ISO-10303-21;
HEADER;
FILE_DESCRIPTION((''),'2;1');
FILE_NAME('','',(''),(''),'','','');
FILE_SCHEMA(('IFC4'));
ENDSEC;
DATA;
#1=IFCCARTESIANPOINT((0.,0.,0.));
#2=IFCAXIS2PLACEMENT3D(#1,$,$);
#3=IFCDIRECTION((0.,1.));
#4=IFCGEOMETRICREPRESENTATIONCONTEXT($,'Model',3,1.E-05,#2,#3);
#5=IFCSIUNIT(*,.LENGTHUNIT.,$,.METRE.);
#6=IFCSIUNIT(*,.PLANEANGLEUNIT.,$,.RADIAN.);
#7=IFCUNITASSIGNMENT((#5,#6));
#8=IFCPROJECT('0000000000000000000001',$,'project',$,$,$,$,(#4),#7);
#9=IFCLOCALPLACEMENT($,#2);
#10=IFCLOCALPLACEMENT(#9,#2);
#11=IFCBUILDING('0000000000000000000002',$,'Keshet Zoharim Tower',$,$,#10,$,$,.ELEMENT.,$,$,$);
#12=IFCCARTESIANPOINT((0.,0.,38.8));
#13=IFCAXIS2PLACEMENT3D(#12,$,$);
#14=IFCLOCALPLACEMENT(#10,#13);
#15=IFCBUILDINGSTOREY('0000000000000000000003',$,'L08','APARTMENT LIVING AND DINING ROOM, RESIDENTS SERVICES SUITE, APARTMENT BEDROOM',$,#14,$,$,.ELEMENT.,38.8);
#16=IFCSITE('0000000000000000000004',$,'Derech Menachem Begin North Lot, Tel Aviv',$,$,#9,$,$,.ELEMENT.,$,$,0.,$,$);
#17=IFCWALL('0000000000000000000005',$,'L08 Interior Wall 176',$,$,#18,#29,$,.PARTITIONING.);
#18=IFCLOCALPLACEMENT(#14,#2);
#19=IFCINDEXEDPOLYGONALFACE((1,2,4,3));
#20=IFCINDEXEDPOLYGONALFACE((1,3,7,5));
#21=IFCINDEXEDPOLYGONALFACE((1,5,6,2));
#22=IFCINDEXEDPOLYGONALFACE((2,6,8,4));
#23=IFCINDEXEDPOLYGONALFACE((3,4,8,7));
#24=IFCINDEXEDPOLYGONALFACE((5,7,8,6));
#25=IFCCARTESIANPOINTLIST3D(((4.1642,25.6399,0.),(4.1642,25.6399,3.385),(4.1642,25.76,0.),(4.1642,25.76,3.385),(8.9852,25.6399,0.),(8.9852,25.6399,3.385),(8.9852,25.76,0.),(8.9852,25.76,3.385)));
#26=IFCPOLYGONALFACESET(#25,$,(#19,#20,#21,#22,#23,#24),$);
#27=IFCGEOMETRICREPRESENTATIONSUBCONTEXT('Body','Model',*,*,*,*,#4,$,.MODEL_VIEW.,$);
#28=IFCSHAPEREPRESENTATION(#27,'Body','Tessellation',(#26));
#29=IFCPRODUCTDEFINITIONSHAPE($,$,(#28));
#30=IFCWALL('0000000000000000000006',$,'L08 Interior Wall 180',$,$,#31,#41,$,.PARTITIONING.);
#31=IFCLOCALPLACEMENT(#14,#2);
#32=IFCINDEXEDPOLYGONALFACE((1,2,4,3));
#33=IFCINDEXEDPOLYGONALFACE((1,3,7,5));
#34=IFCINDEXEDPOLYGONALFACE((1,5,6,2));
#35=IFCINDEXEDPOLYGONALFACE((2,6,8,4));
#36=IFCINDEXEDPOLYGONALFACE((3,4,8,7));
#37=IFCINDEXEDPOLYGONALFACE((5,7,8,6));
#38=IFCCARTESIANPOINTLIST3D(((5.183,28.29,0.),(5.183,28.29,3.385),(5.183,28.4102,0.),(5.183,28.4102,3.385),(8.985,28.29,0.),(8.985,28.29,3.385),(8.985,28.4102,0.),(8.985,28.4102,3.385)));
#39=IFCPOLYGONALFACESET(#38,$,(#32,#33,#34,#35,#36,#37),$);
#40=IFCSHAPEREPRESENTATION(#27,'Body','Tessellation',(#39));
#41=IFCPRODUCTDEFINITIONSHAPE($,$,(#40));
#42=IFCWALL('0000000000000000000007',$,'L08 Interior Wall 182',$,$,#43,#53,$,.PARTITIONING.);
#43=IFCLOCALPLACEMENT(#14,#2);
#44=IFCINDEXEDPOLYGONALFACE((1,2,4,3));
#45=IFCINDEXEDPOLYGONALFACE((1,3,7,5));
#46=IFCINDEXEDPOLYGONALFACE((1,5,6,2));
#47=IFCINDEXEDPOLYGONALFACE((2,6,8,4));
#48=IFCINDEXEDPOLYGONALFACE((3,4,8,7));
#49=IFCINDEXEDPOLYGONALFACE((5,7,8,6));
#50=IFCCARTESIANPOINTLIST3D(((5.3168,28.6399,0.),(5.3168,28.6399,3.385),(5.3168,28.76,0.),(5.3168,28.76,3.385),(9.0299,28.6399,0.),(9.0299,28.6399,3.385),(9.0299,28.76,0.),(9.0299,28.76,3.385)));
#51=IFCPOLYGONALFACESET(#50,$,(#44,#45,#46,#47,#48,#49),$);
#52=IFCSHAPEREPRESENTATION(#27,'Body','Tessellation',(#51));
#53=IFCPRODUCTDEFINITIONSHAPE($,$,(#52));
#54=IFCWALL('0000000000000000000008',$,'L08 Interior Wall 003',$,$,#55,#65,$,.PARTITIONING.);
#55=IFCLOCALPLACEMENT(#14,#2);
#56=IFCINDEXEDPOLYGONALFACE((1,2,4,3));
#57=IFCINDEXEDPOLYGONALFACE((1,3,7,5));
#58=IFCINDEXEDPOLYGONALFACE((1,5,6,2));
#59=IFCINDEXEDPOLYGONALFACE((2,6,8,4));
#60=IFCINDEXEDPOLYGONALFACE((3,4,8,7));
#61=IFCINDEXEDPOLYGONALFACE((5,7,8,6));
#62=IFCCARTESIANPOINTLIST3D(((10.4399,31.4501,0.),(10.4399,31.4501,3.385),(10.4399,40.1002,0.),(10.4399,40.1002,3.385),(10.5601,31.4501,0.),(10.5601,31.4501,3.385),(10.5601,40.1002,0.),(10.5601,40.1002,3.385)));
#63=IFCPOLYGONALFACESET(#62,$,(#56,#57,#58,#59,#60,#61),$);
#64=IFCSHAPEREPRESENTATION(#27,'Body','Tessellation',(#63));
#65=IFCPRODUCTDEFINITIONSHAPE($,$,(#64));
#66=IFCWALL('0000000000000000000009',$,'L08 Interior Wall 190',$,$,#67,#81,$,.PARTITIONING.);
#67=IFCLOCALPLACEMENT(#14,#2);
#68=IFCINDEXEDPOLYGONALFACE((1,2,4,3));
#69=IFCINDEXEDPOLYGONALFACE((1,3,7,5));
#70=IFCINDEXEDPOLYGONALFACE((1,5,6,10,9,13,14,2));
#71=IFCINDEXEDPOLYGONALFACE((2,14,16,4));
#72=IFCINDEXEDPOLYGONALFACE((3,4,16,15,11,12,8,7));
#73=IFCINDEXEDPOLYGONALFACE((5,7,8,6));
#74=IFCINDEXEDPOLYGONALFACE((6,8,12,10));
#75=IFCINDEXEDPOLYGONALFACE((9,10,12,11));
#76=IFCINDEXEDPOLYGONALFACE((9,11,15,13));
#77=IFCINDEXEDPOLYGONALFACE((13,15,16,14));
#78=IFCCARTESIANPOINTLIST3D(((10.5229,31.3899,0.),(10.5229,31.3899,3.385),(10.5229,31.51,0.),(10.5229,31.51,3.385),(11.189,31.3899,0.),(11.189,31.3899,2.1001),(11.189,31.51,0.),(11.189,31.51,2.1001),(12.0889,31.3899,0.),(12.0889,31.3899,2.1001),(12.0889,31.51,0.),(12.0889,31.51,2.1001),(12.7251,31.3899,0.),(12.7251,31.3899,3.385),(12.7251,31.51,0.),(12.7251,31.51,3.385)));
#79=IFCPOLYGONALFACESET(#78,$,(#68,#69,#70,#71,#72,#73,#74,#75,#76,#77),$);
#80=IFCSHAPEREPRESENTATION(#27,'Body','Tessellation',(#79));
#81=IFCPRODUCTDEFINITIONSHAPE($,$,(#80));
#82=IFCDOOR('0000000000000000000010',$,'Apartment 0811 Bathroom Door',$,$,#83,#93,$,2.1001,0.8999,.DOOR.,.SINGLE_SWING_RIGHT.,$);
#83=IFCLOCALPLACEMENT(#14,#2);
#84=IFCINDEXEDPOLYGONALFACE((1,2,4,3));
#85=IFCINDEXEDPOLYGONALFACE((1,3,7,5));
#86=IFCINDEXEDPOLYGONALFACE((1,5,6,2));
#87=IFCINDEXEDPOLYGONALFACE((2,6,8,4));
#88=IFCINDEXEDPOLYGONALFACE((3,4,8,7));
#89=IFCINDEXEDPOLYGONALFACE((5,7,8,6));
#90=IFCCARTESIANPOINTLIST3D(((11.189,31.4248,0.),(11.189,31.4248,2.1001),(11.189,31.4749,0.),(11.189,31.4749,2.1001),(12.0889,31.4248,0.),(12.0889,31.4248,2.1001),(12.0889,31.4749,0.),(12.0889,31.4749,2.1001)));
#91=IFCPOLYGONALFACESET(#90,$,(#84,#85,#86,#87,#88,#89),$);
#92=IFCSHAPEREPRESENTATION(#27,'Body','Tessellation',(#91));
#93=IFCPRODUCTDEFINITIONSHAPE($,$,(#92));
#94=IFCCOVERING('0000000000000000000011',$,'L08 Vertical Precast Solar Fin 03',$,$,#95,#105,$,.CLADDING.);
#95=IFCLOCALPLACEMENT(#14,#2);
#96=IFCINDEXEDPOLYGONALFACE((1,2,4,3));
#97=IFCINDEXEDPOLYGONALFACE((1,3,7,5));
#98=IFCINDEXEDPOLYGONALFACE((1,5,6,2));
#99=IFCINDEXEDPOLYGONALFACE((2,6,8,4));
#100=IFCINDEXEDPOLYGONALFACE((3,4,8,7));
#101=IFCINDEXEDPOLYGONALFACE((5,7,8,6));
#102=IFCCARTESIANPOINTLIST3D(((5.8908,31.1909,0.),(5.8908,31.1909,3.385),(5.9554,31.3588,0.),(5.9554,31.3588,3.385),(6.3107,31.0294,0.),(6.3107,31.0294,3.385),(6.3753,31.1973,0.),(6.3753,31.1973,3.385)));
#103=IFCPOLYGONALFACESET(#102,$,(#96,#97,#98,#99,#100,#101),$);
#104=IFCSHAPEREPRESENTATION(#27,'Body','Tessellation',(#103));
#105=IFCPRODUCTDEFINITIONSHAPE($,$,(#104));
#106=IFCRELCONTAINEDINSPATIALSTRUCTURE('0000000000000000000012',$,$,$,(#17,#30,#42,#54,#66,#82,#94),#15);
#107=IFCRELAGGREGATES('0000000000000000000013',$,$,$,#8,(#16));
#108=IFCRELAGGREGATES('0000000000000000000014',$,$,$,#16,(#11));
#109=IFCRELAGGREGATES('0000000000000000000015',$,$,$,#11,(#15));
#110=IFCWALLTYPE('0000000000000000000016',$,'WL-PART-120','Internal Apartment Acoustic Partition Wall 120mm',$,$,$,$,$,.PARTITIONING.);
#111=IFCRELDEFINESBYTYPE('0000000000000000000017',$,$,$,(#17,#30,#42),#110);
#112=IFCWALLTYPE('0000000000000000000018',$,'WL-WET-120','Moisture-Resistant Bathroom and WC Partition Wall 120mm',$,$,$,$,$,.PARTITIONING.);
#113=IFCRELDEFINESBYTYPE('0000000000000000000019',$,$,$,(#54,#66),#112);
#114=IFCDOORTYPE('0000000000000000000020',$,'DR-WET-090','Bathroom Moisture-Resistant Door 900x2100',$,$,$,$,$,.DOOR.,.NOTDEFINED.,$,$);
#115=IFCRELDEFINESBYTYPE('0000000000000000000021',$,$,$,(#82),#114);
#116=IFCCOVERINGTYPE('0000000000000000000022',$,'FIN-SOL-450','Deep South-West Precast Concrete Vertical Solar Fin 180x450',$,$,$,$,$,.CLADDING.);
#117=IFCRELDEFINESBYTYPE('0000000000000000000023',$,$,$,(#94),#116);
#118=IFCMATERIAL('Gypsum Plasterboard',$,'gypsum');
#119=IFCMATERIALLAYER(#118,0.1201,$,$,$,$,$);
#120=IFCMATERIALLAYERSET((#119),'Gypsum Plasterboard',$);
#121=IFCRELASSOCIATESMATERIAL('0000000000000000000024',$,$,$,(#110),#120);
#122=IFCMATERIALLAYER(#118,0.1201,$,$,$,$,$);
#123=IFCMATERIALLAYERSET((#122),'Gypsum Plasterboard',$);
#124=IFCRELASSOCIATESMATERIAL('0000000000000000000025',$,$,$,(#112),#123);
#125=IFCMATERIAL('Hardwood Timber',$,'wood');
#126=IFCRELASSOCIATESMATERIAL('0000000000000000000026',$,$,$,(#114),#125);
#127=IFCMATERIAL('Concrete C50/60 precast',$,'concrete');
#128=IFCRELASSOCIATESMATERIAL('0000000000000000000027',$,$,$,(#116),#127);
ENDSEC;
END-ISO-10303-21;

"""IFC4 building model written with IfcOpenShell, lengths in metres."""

from ifc_helpers import new_model, si_unit, direction, frame, frame_2d, origin, origin_2d, place, context, subcontext, project, spatial, rectangle, extrude, material, layer, layer_set, type_object, element, fill, save


model = new_model("IFC4")

# Units and contexts
model_context = context("Model", 3, precision=1e-05, world=origin(), true_north=direction((0.0, 1.0)))
body_context = subcontext(model_context, "Body", "Model", "MODEL_VIEW")
ifc_project = project(units=[si_unit("LENGTHUNIT", "METRE"), si_unit("PLANEANGLEUNIT", "RADIAN")], contexts=[model_context])

# Site, building, storey
site_placement = place(None, origin())
site = spatial("IfcSite", under=ifc_project, at=site_placement, Name="Derech Menachem Begin North Lot, Tel Aviv", CompositionType="ELEMENT", RefElevation=0.0)
building_placement = place(site_placement, origin())
building = spatial("IfcBuilding", under=site, at=building_placement, Name="Keshet Zoharim Tower", CompositionType="ELEMENT")
storey_placement = place(building_placement, frame((0.0, 0.0, 38.8)))
storey = spatial("IfcBuildingStorey", under=building, at=storey_placement, Name="L08", Description="APARTMENT LIVING AND DINING ROOM, RESIDENTS SERVICES SUITE, APARTMENT BEDROOM", CompositionType="ELEMENT", Elevation=38.8)

# Shared definitions
ifc_material_1 = material(Name="Gypsum Plasterboard", Category="gypsum")
ifc_layer_1 = layer(ifc_material_1, 0.1201)
ifc_layer_set_1 = layer_set([ifc_layer_1], Name="Gypsum Plasterboard")
wall_type_1 = type_object("IfcWallType", Name="WL-PART-120", Description="Internal Apartment Acoustic Partition Wall 120mm", PredefinedType="PARTITIONING", material=ifc_layer_set_1)

# Shared definitions
ifc_material_2 = material(Name="Hardwood Timber", Category="wood")

# Walls
wall_1_placement = place(storey_placement, frame((4.1641, 25.7, 0.0), z_axis=(0.0, 0.0, 1.0), x_axis=(1.0, 0.0, 0.0)))
element("IfcWall", 1, at=wall_1_placement, inside=storey, type_object=wall_type_1, Name="L08 Interior Wall 176", PredefinedType="PARTITIONING", context=body_context, shape_type="SweptSolid", body=[
    extrude(rectangle(XDim=4.821, YDim=0.1201, at=frame_2d((2.4106, 0.0))), origin(), (0.0, 0.0, 1.0), 3.385),
])
wall_2_placement = place(storey_placement, frame((5.1831, 28.3501, 0.0), z_axis=(0.0, 0.0, 1.0), x_axis=(1.0, 0.0, 0.0)))
element("IfcWall", 2, at=wall_2_placement, inside=storey, type_object=wall_type_1, Name="L08 Interior Wall 180", PredefinedType="PARTITIONING", context=body_context, shape_type="SweptSolid", body=[
    extrude(rectangle(XDim=3.802, YDim=0.1201, at=frame_2d((1.9009, 0.0))), origin(), (0.0, 0.0, 1.0), 3.385),
])
wall_3_placement = place(storey_placement, frame((5.3169, 28.7, 0.0), z_axis=(0.0, 0.0, 1.0), x_axis=(1.0, 0.0, 0.0)))
element("IfcWall", 3, at=wall_3_placement, inside=storey, type_object=wall_type_1, Name="L08 Interior Wall 182", PredefinedType="PARTITIONING", context=body_context, shape_type="SweptSolid", body=[
    extrude(rectangle(XDim=3.7131, YDim=0.1201, at=frame_2d((1.8564, 0.0))), origin(), (0.0, 0.0, 1.0), 3.385),
])

# Wall
ifc_layer_2 = layer(ifc_material_1, 0.1201)
ifc_layer_set_2 = layer_set([ifc_layer_2], Name="Gypsum Plasterboard")
wall_type_2 = type_object("IfcWallType", Name="WL-WET-120", Description="Moisture-Resistant Bathroom and WC Partition Wall 120mm", PredefinedType="PARTITIONING", material=ifc_layer_set_2)
wall_4_placement = place(storey_placement, frame((10.5, 31.45, 0.0), z_axis=(0.0, 0.0, 1.0), x_axis=(0.0, 1.0, 0.0)))
element("IfcWall", 4, at=wall_4_placement, inside=storey, type_object=wall_type_2, Name="L08 Interior Wall 003", PredefinedType="PARTITIONING", context=body_context, shape_type="SweptSolid", body=[
    extrude(rectangle(XDim=8.6501, YDim=0.1201, at=frame_2d((4.3252, 0.0))), origin(), (0.0, 0.0, 1.0), 3.385),
])

# Wall, opening, door
wall_5_placement = place(storey_placement, frame((10.5229, 31.45, 0.0), z_axis=(0.0, 0.0, 1.0), x_axis=(1.0, 0.0, 0.0)))
wall_5 = element("IfcWall", 5, at=wall_5_placement, inside=storey, type_object=wall_type_2, Name="L08 Interior Wall 190", PredefinedType="PARTITIONING", context=body_context, shape_type="SweptSolid", body=[
    extrude(rectangle(XDim=2.2021, YDim=0.1201, at=frame_2d((1.1011, 0.0))), origin(), (0.0, 0.0, 1.0), 3.385),
])
opening_1_placement = place(wall_5_placement, frame((0.666, 0.0, 0.0)))
opening_1 = element("IfcOpeningElement", 6, at=opening_1_placement, cuts=wall_5, PredefinedType="OPENING", context=body_context, shape_type="SweptSolid", body=[
    extrude(rectangle(XDim=0.8999, YDim=2.1001, at=frame_2d((0.45, 1.05))), frame((0.0, 0.0701, 0.0), z_axis=(0.0, -1.0, 0.0), x_axis=(1.0, 0.0, 0.0)), (0.0, 0.0, 1.0), 0.1401),
])
door_type_1 = type_object("IfcDoorType", Name="DR-WET-090", Description="Bathroom Moisture-Resistant Door 900x2100", OperationType="NOTDEFINED", PredefinedType="DOOR", material=ifc_material_2)
door_1_placement = place(opening_1_placement, origin())
door_1 = element("IfcDoor", 7, at=door_1_placement, inside=storey, type_object=door_type_1, Name="Apartment 0811 Bathroom Door", OperationType="SINGLE_SWING_RIGHT", OverallHeight=2.1001, OverallWidth=0.8999, PredefinedType="DOOR", context=body_context, shape_type="SweptSolid", body=[
    extrude(rectangle(XDim=0.8999, YDim=2.1001, at=frame_2d((0.45, 1.05))), frame((0.0, 0.0249, 0.0), z_axis=(0.0, -1.0, 0.0), x_axis=(1.0, 0.0, 0.0)), (0.0, 0.0, 1.0), 0.05),
])
fill(opening_1, door_1)

# Covering
ifc_material_3 = material(Name="Concrete C50/60 precast", Category="concrete")
covering_type = type_object("IfcCoveringType", Name="FIN-SOL-450", Description="Deep South-West Precast Concrete Vertical Solar Fin 180x450", PredefinedType="CLADDING", material=ifc_material_3)
covering_placement = place(storey_placement, frame((6.1331, 31.1941, 0.0), z_axis=(0.0, 0.0, 1.0), x_axis=(0.35899, 0.933341, 0.0)))
element("IfcCovering", 8, at=covering_placement, inside=storey, type_object=covering_type, Name="L08 Vertical Precast Solar Fin 03", PredefinedType="CLADDING", context=body_context, shape_type="SweptSolid", body=[
    extrude(rectangle(XDim=0.1799, YDim=0.45, at=origin_2d()), origin(), (0.0, 0.0, 1.0), 3.385),
])

save(model, "model.ifc")
